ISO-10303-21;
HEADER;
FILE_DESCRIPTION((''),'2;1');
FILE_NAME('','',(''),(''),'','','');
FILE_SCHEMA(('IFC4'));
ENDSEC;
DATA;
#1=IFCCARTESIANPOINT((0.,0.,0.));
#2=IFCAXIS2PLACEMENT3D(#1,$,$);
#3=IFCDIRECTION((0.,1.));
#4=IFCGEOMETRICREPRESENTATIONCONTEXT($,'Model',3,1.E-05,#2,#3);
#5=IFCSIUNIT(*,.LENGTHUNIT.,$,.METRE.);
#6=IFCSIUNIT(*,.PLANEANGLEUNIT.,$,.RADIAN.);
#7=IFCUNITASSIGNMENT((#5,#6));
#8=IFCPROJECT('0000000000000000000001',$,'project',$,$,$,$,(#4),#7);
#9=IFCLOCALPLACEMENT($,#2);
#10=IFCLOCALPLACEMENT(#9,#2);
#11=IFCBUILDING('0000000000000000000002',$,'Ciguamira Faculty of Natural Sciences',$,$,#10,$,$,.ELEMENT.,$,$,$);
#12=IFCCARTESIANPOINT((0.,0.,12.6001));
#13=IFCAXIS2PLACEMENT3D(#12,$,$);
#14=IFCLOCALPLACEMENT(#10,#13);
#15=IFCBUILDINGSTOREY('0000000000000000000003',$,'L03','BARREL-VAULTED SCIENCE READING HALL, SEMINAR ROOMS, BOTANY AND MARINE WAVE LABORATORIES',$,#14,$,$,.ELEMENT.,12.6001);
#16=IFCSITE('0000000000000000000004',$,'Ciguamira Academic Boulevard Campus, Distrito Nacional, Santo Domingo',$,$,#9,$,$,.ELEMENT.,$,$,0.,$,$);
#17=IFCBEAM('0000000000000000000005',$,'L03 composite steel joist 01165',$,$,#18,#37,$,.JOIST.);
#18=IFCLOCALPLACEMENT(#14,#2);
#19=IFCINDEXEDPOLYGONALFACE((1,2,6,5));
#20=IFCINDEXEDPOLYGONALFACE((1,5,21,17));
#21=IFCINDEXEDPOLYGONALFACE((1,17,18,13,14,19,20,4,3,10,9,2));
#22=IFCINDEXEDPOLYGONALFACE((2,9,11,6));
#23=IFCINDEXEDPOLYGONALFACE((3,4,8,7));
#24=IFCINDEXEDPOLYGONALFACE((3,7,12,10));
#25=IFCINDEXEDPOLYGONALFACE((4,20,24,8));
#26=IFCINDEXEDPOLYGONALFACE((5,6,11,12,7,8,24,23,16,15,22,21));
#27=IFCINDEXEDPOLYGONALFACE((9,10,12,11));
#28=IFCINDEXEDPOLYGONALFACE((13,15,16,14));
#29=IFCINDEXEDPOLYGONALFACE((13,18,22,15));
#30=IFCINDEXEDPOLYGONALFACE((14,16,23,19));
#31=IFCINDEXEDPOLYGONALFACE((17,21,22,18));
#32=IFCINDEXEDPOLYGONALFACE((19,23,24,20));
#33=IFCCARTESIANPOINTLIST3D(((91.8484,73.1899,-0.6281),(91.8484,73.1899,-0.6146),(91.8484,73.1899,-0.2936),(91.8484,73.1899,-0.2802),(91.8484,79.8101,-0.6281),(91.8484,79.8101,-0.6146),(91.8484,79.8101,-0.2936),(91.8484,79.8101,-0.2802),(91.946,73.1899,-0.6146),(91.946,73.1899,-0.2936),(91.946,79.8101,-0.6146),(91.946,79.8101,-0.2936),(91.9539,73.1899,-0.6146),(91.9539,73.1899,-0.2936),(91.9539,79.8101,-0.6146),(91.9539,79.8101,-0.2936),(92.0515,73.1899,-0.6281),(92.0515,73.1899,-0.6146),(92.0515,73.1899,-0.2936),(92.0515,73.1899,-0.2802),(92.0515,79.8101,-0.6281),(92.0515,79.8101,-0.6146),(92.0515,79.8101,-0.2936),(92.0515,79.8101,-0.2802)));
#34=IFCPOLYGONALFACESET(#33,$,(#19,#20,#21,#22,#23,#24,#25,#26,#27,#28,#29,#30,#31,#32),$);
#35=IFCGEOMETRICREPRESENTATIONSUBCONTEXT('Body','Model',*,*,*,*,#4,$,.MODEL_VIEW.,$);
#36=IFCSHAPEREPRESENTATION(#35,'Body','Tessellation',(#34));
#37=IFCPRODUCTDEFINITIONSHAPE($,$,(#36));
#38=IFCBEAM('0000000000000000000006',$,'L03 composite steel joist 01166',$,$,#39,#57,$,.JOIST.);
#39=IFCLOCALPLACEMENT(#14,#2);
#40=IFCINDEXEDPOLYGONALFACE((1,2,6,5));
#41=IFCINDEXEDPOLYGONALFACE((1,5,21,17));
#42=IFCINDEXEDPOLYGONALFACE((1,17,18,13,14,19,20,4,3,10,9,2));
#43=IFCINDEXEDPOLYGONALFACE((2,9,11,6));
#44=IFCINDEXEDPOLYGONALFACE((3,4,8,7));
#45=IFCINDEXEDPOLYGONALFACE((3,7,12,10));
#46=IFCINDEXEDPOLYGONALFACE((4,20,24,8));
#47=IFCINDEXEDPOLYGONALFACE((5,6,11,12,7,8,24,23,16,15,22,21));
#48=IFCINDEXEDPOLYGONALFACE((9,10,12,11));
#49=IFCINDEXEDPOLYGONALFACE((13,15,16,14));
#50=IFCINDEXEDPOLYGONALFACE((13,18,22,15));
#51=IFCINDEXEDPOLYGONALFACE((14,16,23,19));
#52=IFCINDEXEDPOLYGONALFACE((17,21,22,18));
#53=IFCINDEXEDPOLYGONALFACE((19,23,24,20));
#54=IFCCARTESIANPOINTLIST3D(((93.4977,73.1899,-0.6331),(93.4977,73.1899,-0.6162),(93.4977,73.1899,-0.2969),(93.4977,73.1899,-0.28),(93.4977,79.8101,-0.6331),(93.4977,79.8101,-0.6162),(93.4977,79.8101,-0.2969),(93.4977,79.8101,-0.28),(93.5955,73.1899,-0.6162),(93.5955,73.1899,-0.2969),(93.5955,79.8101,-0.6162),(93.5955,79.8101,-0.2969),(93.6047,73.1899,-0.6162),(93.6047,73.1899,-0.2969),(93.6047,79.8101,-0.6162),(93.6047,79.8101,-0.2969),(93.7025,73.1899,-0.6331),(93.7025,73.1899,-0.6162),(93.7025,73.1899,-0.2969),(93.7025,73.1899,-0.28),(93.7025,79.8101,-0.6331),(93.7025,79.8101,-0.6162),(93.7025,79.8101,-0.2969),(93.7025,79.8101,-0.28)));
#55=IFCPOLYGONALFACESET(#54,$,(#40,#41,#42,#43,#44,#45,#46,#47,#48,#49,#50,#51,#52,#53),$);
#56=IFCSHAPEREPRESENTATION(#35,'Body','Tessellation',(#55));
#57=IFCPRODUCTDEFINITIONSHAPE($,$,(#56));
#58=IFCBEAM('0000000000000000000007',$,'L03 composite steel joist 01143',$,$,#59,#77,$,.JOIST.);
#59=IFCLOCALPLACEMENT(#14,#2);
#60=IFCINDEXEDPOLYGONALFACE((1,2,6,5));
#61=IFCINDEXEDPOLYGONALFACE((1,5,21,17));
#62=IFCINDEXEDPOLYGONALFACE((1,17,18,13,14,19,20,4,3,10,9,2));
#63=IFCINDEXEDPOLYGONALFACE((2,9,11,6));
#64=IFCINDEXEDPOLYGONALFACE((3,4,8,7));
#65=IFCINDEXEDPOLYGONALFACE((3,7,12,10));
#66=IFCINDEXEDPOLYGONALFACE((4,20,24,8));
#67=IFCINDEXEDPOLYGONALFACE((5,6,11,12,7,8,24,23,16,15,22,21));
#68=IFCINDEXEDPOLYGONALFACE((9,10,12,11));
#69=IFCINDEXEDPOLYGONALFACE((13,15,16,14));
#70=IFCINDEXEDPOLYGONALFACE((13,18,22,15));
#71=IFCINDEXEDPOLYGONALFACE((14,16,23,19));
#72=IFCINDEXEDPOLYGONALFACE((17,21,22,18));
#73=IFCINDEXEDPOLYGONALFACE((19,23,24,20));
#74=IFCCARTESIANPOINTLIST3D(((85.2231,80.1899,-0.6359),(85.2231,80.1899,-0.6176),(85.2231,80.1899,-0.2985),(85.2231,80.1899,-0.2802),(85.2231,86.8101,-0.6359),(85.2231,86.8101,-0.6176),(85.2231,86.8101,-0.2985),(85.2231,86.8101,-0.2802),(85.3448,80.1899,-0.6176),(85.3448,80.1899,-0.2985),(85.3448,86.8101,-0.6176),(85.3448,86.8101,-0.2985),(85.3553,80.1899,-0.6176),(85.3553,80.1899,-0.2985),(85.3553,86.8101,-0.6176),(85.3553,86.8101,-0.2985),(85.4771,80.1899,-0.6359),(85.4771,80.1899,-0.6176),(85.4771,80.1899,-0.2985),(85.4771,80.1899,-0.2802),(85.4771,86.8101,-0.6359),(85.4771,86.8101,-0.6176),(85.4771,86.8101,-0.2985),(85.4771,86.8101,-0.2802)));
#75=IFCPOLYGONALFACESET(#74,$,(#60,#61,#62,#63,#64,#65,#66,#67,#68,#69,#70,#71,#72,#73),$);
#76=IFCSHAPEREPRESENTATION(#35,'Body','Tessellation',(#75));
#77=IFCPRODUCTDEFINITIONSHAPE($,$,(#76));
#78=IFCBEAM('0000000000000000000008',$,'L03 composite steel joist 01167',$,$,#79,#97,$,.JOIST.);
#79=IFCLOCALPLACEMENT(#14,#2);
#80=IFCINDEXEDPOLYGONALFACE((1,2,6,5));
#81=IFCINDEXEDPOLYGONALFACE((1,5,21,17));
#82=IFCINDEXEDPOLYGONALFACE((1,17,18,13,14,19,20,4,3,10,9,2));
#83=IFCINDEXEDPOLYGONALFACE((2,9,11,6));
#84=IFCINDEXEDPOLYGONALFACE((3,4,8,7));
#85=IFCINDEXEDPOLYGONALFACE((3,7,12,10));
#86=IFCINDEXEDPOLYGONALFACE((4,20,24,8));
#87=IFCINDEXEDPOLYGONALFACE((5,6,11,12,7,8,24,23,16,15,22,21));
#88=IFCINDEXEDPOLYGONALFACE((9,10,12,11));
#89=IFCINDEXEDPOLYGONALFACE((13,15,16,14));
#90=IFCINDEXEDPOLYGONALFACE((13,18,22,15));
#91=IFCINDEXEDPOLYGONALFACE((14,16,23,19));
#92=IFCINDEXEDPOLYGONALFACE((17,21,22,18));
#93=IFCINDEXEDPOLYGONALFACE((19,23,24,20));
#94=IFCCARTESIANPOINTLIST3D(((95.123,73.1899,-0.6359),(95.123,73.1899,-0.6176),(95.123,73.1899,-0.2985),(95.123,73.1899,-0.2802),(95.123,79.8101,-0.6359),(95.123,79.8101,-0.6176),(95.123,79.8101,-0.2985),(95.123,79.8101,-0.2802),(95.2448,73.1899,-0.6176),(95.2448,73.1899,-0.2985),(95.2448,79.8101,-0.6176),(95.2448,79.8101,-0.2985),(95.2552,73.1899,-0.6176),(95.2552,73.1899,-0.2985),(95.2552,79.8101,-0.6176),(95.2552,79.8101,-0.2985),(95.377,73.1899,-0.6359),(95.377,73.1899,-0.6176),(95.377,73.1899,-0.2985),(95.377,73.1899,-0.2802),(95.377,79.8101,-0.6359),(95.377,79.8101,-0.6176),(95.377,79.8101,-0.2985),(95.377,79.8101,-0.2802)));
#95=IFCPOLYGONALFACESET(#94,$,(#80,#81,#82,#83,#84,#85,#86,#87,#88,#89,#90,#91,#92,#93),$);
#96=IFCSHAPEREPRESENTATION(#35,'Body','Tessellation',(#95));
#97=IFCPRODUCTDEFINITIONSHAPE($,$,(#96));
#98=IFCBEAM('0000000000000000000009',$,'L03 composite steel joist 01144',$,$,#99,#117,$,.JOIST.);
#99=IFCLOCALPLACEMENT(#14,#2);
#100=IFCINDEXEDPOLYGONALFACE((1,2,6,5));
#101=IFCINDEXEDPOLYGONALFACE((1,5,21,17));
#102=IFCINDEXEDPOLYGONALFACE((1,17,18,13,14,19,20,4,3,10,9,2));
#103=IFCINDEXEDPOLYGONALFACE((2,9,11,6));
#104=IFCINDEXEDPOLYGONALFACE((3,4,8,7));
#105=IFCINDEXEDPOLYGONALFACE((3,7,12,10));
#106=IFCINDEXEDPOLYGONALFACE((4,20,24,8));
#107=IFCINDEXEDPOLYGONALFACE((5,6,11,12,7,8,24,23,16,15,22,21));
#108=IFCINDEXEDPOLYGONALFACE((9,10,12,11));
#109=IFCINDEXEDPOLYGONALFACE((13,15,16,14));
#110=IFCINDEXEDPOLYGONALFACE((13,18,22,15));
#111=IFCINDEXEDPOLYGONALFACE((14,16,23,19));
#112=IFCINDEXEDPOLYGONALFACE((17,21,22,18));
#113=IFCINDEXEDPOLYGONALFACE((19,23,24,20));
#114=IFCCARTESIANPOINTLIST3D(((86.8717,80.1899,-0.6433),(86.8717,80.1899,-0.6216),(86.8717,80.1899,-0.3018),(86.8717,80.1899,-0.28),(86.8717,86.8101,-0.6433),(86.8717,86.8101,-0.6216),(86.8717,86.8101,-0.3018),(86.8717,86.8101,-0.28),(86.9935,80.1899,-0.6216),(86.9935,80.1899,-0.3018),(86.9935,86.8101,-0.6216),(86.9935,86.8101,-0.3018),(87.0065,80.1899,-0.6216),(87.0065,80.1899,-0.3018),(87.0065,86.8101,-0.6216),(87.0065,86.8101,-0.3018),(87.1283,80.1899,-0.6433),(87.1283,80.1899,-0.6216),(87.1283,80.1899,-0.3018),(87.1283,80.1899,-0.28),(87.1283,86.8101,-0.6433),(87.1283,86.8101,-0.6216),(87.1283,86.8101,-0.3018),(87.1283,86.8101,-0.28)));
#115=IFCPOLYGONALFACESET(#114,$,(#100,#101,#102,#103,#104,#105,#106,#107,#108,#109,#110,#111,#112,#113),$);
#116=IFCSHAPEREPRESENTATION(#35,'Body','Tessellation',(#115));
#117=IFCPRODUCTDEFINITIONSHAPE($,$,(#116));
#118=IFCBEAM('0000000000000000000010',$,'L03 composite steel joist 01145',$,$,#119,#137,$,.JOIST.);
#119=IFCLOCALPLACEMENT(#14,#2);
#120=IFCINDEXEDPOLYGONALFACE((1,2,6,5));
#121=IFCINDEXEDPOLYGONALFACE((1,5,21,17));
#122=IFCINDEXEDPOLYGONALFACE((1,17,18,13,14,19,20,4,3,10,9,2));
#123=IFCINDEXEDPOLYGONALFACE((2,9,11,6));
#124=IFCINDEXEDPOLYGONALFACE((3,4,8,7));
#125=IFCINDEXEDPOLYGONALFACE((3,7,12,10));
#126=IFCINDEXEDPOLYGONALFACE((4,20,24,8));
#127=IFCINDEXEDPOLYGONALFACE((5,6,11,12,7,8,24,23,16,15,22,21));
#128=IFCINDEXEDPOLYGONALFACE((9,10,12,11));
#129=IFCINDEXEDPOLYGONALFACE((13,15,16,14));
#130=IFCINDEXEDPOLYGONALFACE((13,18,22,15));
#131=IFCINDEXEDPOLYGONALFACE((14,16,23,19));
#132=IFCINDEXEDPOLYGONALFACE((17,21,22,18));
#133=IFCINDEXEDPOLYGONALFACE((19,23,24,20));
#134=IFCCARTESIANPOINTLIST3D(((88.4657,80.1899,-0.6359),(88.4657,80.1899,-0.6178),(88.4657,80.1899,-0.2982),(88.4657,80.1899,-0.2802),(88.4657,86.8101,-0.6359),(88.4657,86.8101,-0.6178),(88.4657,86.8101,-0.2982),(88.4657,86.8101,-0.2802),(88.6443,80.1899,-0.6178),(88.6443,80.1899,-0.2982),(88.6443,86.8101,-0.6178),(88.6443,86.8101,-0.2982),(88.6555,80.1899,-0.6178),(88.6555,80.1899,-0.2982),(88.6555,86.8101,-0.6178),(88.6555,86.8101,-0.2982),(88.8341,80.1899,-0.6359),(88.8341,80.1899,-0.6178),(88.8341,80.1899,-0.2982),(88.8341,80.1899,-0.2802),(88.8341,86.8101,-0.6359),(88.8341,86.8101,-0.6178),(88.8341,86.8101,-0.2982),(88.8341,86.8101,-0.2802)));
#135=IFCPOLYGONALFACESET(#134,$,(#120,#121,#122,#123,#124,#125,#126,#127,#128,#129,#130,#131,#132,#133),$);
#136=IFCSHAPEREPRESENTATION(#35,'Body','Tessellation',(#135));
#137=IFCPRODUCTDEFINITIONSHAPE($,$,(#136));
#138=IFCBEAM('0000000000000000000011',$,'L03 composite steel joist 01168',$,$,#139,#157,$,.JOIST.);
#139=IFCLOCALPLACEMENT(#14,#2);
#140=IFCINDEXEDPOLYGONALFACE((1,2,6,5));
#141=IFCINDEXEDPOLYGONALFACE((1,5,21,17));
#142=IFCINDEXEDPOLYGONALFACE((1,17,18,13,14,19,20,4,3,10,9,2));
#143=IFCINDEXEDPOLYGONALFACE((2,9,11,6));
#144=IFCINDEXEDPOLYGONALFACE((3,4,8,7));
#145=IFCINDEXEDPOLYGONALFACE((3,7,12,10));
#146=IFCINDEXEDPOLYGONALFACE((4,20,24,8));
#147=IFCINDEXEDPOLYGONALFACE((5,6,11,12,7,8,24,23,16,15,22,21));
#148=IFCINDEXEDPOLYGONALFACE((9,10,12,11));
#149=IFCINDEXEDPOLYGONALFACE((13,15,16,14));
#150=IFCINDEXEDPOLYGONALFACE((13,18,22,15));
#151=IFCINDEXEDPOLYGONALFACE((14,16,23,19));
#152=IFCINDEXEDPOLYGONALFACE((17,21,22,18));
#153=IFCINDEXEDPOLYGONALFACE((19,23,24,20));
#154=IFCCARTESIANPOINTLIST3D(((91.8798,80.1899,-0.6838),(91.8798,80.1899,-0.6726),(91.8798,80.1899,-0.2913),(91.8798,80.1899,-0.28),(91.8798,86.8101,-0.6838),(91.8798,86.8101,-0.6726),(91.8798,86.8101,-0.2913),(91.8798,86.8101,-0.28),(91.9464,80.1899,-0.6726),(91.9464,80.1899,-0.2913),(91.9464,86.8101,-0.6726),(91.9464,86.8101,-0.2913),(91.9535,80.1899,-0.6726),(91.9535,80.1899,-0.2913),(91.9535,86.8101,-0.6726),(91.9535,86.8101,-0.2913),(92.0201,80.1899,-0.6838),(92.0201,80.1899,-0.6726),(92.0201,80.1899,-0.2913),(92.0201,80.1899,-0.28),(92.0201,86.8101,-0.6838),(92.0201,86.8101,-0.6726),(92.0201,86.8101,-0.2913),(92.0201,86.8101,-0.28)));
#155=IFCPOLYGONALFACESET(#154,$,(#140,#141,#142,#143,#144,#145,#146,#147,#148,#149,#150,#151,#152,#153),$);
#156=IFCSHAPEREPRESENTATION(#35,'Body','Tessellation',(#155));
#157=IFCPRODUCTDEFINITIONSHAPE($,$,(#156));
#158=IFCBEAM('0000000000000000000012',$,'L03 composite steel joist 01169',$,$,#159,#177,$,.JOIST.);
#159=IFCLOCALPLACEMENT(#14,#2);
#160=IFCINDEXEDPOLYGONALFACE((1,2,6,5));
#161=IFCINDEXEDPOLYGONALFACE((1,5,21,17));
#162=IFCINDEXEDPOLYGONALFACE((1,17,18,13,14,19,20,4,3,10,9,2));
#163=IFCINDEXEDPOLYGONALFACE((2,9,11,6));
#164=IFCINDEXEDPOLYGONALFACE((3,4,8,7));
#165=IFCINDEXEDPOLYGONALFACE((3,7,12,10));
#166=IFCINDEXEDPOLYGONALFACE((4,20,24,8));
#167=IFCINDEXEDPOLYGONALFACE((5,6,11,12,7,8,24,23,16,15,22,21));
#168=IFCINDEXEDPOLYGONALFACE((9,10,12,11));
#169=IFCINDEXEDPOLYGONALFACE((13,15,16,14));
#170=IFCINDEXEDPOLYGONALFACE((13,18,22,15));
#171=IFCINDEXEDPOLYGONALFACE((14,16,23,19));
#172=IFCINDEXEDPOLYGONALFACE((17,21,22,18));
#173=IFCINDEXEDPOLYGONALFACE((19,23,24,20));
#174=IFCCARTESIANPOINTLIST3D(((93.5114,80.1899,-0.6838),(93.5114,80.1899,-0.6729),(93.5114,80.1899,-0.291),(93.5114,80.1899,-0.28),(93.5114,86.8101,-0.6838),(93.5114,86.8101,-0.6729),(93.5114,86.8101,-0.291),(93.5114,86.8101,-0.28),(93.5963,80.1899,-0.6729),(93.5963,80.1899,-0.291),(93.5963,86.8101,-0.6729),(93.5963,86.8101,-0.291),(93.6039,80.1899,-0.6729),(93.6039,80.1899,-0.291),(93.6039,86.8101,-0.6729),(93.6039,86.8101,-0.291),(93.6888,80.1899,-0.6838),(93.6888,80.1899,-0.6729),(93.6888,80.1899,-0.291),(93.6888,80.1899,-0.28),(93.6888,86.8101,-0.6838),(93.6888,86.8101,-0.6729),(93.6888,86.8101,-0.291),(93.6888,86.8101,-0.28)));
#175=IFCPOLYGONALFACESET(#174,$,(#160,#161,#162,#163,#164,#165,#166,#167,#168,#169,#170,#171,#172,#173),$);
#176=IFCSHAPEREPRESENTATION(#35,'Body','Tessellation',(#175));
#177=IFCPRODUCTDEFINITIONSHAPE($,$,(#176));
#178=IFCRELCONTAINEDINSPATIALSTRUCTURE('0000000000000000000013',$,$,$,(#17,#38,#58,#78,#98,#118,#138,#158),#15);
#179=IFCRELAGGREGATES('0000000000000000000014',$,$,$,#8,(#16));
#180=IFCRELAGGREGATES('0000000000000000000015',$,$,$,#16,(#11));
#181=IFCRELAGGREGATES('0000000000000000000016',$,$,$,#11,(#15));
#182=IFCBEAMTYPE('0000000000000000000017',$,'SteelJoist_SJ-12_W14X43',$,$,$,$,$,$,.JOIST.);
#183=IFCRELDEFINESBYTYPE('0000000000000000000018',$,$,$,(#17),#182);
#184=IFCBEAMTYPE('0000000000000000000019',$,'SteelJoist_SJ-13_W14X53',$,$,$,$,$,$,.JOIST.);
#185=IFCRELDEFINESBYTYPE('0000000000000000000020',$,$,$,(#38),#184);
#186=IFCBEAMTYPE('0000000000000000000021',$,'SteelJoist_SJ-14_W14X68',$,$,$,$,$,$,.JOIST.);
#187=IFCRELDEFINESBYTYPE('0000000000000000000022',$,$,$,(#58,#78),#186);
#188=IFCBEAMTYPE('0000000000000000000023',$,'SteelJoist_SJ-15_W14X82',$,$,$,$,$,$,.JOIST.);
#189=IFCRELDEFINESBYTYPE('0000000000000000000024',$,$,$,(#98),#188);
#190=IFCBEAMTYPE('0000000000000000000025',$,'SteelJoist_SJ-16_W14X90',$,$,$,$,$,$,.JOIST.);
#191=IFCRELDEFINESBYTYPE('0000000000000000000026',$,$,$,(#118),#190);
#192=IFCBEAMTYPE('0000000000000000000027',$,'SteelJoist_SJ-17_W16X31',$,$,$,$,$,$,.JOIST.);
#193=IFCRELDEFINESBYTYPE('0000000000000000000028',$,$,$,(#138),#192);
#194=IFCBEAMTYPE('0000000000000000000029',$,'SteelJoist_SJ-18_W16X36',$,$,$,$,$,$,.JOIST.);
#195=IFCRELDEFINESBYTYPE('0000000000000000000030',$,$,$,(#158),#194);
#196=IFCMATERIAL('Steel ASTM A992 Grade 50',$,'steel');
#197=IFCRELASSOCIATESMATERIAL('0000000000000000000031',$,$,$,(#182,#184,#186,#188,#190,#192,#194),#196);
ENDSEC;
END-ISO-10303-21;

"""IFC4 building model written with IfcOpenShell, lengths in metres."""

from ifc_helpers import new_model, si_unit, direction, frame, origin, origin_2d, place, context, subcontext, project, spatial, i_section, extrude, material, material_profile, profile_set, type_object, element, save


model = new_model("IFC4")

# Units and contexts
model_context = context("Model", 3, precision=1e-05, world=origin(), true_north=direction((0.0, 1.0)))
body_context = subcontext(model_context, "Body", "Model", "MODEL_VIEW")
ifc_project = project(units=[si_unit("LENGTHUNIT", "METRE"), si_unit("PLANEANGLEUNIT", "RADIAN")], contexts=[model_context])

# Site, building, storey
site_placement = place(None, origin())
site = spatial("IfcSite", under=ifc_project, at=site_placement, Name="Ciguamira Academic Boulevard Campus, Distrito Nacional, Santo Domingo", CompositionType="ELEMENT", RefElevation=0.0)
building_placement = place(site_placement, origin())
building = spatial("IfcBuilding", under=site, at=building_placement, Name="Ciguamira Faculty of Natural Sciences", CompositionType="ELEMENT")
storey_placement = place(building_placement, frame((0.0, 0.0, 12.6001)))
storey = spatial("IfcBuildingStorey", under=building, at=storey_placement, Name="L03", Description="BARREL-VAULTED SCIENCE READING HALL, SEMINAR ROOMS, BOTANY AND MARINE WAVE LABORATORIES", CompositionType="ELEMENT", Elevation=12.6001)

# Beams
ifc_material_1 = material(Name="Steel ASTM A992 Grade 50", Category="steel")
ifc_material_profile_1 = material_profile(ifc_material_1, i_section(OverallWidth=0.2031, OverallDepth=0.3479, WebThickness=0.0078, FlangeThickness=0.0134, at=origin_2d()), Name="W14X43")
ifc_profile_set_1 = profile_set([ifc_material_profile_1], Name="Steel ASTM A992 Grade 50")
beam_type_1 = type_object("IfcBeamType", Name="SteelJoist_SJ-12_W14X43", PredefinedType="JOIST", material=ifc_profile_set_1)
beam_1_placement = place(storey_placement, frame((91.95, 73.1899, -0.4541), z_axis=(0.0, 1.0, 0.0), x_axis=(-1.0, 0.0, 0.0)))
element("IfcBeam", 1, at=beam_1_placement, inside=storey, type_object=beam_type_1, Name="L03 composite steel joist 01165", PredefinedType="JOIST", context=body_context, shape_type="SweptSolid", body=[
    extrude(i_section(OverallWidth=0.2031, OverallDepth=0.3479, WebThickness=0.0078, FlangeThickness=0.0134, at=origin_2d()), origin(), (0.0, 0.0, 1.0), 6.6201),
])
ifc_material_profile_2 = material_profile(ifc_material_1, i_section(OverallWidth=0.2048, OverallDepth=0.353, WebThickness=0.0093, FlangeThickness=0.0168, at=origin_2d()), Name="W14X53")
ifc_profile_set_2 = profile_set([ifc_material_profile_2], Name="Steel ASTM A992 Grade 50")
beam_type_2 = type_object("IfcBeamType", Name="SteelJoist_SJ-13_W14X53", PredefinedType="JOIST", material=ifc_profile_set_2)
beam_2_placement = place(storey_placement, frame((93.6001, 73.1899, -0.4565), z_axis=(0.0, 1.0, 0.0), x_axis=(-1.0, 0.0, 0.0)))
element("IfcBeam", 2, at=beam_2_placement, inside=storey, type_object=beam_type_2, Name="L03 composite steel joist 01166", PredefinedType="JOIST", context=body_context, shape_type="SweptSolid", body=[
    extrude(i_section(OverallWidth=0.2048, OverallDepth=0.353, WebThickness=0.0093, FlangeThickness=0.0168, at=origin_2d()), origin(), (0.0, 0.0, 1.0), 6.6201),
])
ifc_material_profile_3 = material_profile(ifc_material_1, i_section(OverallWidth=0.2539, OverallDepth=0.3557, WebThickness=0.0105, FlangeThickness=0.0183, at=origin_2d()), Name="W14X68")
ifc_profile_set_3 = profile_set([ifc_material_profile_3], Name="Steel ASTM A992 Grade 50")
beam_type_3 = type_object("IfcBeamType", Name="SteelJoist_SJ-14_W14X68", PredefinedType="JOIST", material=ifc_profile_set_3)
for number, where, z_axis, x_axis, name in (
    (3, (85.3501, 80.1899, -0.458), (0.0, 1.0, 0.0), (-1.0, 0.0, 0.0), "L03 composite steel joist 01143"),
    (4, (95.25, 73.1899, -0.458), (0.0, 1.0, 0.0), (-1.0, 0.0, 0.0), "L03 composite steel joist 01167"),
):
    element("IfcBeam", number, at=place(storey_placement, frame(where, z_axis=z_axis, x_axis=x_axis)), inside=storey, type_object=beam_type_3, Name=name, PredefinedType="JOIST", context=body_context, shape_type="SweptSolid", body=[
        extrude(i_section(OverallWidth=0.2539, OverallDepth=0.3557, WebThickness=0.0105, FlangeThickness=0.0183, at=origin_2d()), origin(), (0.0, 0.0, 1.0), 6.6201),
    ])
ifc_material_profile_4 = material_profile(ifc_material_1, i_section(OverallWidth=0.2566, OverallDepth=0.3633, WebThickness=0.0129, FlangeThickness=0.0217, at=origin_2d()), Name="W14X82")
ifc_profile_set_4 = profile_set([ifc_material_profile_4], Name="Steel ASTM A992 Grade 50")
beam_type_4 = type_object("IfcBeamType", Name="SteelJoist_SJ-15_W14X82", PredefinedType="JOIST", material=ifc_profile_set_4)
beam_3_placement = place(storey_placement, frame((87.0, 80.1899, -0.4617), z_axis=(0.0, 1.0, 0.0), x_axis=(-1.0, 0.0, 0.0)))
element("IfcBeam", 5, at=beam_3_placement, inside=storey, type_object=beam_type_4, Name="L03 composite steel joist 01144", PredefinedType="JOIST", context=body_context, shape_type="SweptSolid", body=[
    extrude(i_section(OverallWidth=0.2566, OverallDepth=0.3633, WebThickness=0.0129, FlangeThickness=0.0217, at=origin_2d()), origin(), (0.0, 0.0, 1.0), 6.6201),
])
ifc_material_profile_5 = material_profile(ifc_material_1, i_section(OverallWidth=0.3684, OverallDepth=0.3557, WebThickness=0.0112, FlangeThickness=0.0181, at=origin_2d()), Name="W14X90")
ifc_profile_set_5 = profile_set([ifc_material_profile_5], Name="Steel ASTM A992 Grade 50")
beam_type_5 = type_object("IfcBeamType", Name="SteelJoist_SJ-16_W14X90", PredefinedType="JOIST", material=ifc_profile_set_5)
beam_4_placement = place(storey_placement, frame((88.6499, 80.1899, -0.458), z_axis=(0.0, 1.0, 0.0), x_axis=(-1.0, 0.0, 0.0)))
element("IfcBeam", 6, at=beam_4_placement, inside=storey, type_object=beam_type_5, Name="L03 composite steel joist 01145", PredefinedType="JOIST", context=body_context, shape_type="SweptSolid", body=[
    extrude(i_section(OverallWidth=0.3684, OverallDepth=0.3557, WebThickness=0.0112, FlangeThickness=0.0181, at=origin_2d()), origin(), (0.0, 0.0, 1.0), 6.6201),
])
ifc_material_profile_6 = material_profile(ifc_material_1, i_section(OverallWidth=0.1404, OverallDepth=0.4038, WebThickness=0.0071, FlangeThickness=0.0112, at=origin_2d()), Name="W16X31")
ifc_profile_set_6 = profile_set([ifc_material_profile_6], Name="Steel ASTM A992 Grade 50")
beam_type_6 = type_object("IfcBeamType", Name="SteelJoist_SJ-17_W16X31", PredefinedType="JOIST", material=ifc_profile_set_6)
beam_5_placement = place(storey_placement, frame((91.95, 80.1899, -0.4819), z_axis=(0.0, 1.0, 0.0), x_axis=(-1.0, 0.0, 0.0)))
element("IfcBeam", 7, at=beam_5_placement, inside=storey, type_object=beam_type_6, Name="L03 composite steel joist 01168", PredefinedType="JOIST", context=body_context, shape_type="SweptSolid", body=[
    extrude(i_section(OverallWidth=0.1404, OverallDepth=0.4038, WebThickness=0.0071, FlangeThickness=0.0112, at=origin_2d()), origin(), (0.0, 0.0, 1.0), 6.6201),
])
ifc_material_profile_7 = material_profile(ifc_material_1, i_section(OverallWidth=0.1775, OverallDepth=0.4038, WebThickness=0.0076, FlangeThickness=0.011, at=origin_2d()), Name="W16X36")
ifc_profile_set_7 = profile_set([ifc_material_profile_7], Name="Steel ASTM A992 Grade 50")
beam_type_7 = type_object("IfcBeamType", Name="SteelJoist_SJ-18_W16X36", PredefinedType="JOIST", material=ifc_profile_set_7)
beam_6_placement = place(storey_placement, frame((93.6001, 80.1899, -0.4819), z_axis=(0.0, 1.0, 0.0), x_axis=(-1.0, 0.0, 0.0)))
element("IfcBeam", 8, at=beam_6_placement, inside=storey, type_object=beam_type_7, Name="L03 composite steel joist 01169", PredefinedType="JOIST", context=body_context, shape_type="SweptSolid", body=[
    extrude(i_section(OverallWidth=0.1775, OverallDepth=0.4038, WebThickness=0.0076, FlangeThickness=0.011, at=origin_2d()), origin(), (0.0, 0.0, 1.0), 6.6201),
])

save(model, "model.ifc")
